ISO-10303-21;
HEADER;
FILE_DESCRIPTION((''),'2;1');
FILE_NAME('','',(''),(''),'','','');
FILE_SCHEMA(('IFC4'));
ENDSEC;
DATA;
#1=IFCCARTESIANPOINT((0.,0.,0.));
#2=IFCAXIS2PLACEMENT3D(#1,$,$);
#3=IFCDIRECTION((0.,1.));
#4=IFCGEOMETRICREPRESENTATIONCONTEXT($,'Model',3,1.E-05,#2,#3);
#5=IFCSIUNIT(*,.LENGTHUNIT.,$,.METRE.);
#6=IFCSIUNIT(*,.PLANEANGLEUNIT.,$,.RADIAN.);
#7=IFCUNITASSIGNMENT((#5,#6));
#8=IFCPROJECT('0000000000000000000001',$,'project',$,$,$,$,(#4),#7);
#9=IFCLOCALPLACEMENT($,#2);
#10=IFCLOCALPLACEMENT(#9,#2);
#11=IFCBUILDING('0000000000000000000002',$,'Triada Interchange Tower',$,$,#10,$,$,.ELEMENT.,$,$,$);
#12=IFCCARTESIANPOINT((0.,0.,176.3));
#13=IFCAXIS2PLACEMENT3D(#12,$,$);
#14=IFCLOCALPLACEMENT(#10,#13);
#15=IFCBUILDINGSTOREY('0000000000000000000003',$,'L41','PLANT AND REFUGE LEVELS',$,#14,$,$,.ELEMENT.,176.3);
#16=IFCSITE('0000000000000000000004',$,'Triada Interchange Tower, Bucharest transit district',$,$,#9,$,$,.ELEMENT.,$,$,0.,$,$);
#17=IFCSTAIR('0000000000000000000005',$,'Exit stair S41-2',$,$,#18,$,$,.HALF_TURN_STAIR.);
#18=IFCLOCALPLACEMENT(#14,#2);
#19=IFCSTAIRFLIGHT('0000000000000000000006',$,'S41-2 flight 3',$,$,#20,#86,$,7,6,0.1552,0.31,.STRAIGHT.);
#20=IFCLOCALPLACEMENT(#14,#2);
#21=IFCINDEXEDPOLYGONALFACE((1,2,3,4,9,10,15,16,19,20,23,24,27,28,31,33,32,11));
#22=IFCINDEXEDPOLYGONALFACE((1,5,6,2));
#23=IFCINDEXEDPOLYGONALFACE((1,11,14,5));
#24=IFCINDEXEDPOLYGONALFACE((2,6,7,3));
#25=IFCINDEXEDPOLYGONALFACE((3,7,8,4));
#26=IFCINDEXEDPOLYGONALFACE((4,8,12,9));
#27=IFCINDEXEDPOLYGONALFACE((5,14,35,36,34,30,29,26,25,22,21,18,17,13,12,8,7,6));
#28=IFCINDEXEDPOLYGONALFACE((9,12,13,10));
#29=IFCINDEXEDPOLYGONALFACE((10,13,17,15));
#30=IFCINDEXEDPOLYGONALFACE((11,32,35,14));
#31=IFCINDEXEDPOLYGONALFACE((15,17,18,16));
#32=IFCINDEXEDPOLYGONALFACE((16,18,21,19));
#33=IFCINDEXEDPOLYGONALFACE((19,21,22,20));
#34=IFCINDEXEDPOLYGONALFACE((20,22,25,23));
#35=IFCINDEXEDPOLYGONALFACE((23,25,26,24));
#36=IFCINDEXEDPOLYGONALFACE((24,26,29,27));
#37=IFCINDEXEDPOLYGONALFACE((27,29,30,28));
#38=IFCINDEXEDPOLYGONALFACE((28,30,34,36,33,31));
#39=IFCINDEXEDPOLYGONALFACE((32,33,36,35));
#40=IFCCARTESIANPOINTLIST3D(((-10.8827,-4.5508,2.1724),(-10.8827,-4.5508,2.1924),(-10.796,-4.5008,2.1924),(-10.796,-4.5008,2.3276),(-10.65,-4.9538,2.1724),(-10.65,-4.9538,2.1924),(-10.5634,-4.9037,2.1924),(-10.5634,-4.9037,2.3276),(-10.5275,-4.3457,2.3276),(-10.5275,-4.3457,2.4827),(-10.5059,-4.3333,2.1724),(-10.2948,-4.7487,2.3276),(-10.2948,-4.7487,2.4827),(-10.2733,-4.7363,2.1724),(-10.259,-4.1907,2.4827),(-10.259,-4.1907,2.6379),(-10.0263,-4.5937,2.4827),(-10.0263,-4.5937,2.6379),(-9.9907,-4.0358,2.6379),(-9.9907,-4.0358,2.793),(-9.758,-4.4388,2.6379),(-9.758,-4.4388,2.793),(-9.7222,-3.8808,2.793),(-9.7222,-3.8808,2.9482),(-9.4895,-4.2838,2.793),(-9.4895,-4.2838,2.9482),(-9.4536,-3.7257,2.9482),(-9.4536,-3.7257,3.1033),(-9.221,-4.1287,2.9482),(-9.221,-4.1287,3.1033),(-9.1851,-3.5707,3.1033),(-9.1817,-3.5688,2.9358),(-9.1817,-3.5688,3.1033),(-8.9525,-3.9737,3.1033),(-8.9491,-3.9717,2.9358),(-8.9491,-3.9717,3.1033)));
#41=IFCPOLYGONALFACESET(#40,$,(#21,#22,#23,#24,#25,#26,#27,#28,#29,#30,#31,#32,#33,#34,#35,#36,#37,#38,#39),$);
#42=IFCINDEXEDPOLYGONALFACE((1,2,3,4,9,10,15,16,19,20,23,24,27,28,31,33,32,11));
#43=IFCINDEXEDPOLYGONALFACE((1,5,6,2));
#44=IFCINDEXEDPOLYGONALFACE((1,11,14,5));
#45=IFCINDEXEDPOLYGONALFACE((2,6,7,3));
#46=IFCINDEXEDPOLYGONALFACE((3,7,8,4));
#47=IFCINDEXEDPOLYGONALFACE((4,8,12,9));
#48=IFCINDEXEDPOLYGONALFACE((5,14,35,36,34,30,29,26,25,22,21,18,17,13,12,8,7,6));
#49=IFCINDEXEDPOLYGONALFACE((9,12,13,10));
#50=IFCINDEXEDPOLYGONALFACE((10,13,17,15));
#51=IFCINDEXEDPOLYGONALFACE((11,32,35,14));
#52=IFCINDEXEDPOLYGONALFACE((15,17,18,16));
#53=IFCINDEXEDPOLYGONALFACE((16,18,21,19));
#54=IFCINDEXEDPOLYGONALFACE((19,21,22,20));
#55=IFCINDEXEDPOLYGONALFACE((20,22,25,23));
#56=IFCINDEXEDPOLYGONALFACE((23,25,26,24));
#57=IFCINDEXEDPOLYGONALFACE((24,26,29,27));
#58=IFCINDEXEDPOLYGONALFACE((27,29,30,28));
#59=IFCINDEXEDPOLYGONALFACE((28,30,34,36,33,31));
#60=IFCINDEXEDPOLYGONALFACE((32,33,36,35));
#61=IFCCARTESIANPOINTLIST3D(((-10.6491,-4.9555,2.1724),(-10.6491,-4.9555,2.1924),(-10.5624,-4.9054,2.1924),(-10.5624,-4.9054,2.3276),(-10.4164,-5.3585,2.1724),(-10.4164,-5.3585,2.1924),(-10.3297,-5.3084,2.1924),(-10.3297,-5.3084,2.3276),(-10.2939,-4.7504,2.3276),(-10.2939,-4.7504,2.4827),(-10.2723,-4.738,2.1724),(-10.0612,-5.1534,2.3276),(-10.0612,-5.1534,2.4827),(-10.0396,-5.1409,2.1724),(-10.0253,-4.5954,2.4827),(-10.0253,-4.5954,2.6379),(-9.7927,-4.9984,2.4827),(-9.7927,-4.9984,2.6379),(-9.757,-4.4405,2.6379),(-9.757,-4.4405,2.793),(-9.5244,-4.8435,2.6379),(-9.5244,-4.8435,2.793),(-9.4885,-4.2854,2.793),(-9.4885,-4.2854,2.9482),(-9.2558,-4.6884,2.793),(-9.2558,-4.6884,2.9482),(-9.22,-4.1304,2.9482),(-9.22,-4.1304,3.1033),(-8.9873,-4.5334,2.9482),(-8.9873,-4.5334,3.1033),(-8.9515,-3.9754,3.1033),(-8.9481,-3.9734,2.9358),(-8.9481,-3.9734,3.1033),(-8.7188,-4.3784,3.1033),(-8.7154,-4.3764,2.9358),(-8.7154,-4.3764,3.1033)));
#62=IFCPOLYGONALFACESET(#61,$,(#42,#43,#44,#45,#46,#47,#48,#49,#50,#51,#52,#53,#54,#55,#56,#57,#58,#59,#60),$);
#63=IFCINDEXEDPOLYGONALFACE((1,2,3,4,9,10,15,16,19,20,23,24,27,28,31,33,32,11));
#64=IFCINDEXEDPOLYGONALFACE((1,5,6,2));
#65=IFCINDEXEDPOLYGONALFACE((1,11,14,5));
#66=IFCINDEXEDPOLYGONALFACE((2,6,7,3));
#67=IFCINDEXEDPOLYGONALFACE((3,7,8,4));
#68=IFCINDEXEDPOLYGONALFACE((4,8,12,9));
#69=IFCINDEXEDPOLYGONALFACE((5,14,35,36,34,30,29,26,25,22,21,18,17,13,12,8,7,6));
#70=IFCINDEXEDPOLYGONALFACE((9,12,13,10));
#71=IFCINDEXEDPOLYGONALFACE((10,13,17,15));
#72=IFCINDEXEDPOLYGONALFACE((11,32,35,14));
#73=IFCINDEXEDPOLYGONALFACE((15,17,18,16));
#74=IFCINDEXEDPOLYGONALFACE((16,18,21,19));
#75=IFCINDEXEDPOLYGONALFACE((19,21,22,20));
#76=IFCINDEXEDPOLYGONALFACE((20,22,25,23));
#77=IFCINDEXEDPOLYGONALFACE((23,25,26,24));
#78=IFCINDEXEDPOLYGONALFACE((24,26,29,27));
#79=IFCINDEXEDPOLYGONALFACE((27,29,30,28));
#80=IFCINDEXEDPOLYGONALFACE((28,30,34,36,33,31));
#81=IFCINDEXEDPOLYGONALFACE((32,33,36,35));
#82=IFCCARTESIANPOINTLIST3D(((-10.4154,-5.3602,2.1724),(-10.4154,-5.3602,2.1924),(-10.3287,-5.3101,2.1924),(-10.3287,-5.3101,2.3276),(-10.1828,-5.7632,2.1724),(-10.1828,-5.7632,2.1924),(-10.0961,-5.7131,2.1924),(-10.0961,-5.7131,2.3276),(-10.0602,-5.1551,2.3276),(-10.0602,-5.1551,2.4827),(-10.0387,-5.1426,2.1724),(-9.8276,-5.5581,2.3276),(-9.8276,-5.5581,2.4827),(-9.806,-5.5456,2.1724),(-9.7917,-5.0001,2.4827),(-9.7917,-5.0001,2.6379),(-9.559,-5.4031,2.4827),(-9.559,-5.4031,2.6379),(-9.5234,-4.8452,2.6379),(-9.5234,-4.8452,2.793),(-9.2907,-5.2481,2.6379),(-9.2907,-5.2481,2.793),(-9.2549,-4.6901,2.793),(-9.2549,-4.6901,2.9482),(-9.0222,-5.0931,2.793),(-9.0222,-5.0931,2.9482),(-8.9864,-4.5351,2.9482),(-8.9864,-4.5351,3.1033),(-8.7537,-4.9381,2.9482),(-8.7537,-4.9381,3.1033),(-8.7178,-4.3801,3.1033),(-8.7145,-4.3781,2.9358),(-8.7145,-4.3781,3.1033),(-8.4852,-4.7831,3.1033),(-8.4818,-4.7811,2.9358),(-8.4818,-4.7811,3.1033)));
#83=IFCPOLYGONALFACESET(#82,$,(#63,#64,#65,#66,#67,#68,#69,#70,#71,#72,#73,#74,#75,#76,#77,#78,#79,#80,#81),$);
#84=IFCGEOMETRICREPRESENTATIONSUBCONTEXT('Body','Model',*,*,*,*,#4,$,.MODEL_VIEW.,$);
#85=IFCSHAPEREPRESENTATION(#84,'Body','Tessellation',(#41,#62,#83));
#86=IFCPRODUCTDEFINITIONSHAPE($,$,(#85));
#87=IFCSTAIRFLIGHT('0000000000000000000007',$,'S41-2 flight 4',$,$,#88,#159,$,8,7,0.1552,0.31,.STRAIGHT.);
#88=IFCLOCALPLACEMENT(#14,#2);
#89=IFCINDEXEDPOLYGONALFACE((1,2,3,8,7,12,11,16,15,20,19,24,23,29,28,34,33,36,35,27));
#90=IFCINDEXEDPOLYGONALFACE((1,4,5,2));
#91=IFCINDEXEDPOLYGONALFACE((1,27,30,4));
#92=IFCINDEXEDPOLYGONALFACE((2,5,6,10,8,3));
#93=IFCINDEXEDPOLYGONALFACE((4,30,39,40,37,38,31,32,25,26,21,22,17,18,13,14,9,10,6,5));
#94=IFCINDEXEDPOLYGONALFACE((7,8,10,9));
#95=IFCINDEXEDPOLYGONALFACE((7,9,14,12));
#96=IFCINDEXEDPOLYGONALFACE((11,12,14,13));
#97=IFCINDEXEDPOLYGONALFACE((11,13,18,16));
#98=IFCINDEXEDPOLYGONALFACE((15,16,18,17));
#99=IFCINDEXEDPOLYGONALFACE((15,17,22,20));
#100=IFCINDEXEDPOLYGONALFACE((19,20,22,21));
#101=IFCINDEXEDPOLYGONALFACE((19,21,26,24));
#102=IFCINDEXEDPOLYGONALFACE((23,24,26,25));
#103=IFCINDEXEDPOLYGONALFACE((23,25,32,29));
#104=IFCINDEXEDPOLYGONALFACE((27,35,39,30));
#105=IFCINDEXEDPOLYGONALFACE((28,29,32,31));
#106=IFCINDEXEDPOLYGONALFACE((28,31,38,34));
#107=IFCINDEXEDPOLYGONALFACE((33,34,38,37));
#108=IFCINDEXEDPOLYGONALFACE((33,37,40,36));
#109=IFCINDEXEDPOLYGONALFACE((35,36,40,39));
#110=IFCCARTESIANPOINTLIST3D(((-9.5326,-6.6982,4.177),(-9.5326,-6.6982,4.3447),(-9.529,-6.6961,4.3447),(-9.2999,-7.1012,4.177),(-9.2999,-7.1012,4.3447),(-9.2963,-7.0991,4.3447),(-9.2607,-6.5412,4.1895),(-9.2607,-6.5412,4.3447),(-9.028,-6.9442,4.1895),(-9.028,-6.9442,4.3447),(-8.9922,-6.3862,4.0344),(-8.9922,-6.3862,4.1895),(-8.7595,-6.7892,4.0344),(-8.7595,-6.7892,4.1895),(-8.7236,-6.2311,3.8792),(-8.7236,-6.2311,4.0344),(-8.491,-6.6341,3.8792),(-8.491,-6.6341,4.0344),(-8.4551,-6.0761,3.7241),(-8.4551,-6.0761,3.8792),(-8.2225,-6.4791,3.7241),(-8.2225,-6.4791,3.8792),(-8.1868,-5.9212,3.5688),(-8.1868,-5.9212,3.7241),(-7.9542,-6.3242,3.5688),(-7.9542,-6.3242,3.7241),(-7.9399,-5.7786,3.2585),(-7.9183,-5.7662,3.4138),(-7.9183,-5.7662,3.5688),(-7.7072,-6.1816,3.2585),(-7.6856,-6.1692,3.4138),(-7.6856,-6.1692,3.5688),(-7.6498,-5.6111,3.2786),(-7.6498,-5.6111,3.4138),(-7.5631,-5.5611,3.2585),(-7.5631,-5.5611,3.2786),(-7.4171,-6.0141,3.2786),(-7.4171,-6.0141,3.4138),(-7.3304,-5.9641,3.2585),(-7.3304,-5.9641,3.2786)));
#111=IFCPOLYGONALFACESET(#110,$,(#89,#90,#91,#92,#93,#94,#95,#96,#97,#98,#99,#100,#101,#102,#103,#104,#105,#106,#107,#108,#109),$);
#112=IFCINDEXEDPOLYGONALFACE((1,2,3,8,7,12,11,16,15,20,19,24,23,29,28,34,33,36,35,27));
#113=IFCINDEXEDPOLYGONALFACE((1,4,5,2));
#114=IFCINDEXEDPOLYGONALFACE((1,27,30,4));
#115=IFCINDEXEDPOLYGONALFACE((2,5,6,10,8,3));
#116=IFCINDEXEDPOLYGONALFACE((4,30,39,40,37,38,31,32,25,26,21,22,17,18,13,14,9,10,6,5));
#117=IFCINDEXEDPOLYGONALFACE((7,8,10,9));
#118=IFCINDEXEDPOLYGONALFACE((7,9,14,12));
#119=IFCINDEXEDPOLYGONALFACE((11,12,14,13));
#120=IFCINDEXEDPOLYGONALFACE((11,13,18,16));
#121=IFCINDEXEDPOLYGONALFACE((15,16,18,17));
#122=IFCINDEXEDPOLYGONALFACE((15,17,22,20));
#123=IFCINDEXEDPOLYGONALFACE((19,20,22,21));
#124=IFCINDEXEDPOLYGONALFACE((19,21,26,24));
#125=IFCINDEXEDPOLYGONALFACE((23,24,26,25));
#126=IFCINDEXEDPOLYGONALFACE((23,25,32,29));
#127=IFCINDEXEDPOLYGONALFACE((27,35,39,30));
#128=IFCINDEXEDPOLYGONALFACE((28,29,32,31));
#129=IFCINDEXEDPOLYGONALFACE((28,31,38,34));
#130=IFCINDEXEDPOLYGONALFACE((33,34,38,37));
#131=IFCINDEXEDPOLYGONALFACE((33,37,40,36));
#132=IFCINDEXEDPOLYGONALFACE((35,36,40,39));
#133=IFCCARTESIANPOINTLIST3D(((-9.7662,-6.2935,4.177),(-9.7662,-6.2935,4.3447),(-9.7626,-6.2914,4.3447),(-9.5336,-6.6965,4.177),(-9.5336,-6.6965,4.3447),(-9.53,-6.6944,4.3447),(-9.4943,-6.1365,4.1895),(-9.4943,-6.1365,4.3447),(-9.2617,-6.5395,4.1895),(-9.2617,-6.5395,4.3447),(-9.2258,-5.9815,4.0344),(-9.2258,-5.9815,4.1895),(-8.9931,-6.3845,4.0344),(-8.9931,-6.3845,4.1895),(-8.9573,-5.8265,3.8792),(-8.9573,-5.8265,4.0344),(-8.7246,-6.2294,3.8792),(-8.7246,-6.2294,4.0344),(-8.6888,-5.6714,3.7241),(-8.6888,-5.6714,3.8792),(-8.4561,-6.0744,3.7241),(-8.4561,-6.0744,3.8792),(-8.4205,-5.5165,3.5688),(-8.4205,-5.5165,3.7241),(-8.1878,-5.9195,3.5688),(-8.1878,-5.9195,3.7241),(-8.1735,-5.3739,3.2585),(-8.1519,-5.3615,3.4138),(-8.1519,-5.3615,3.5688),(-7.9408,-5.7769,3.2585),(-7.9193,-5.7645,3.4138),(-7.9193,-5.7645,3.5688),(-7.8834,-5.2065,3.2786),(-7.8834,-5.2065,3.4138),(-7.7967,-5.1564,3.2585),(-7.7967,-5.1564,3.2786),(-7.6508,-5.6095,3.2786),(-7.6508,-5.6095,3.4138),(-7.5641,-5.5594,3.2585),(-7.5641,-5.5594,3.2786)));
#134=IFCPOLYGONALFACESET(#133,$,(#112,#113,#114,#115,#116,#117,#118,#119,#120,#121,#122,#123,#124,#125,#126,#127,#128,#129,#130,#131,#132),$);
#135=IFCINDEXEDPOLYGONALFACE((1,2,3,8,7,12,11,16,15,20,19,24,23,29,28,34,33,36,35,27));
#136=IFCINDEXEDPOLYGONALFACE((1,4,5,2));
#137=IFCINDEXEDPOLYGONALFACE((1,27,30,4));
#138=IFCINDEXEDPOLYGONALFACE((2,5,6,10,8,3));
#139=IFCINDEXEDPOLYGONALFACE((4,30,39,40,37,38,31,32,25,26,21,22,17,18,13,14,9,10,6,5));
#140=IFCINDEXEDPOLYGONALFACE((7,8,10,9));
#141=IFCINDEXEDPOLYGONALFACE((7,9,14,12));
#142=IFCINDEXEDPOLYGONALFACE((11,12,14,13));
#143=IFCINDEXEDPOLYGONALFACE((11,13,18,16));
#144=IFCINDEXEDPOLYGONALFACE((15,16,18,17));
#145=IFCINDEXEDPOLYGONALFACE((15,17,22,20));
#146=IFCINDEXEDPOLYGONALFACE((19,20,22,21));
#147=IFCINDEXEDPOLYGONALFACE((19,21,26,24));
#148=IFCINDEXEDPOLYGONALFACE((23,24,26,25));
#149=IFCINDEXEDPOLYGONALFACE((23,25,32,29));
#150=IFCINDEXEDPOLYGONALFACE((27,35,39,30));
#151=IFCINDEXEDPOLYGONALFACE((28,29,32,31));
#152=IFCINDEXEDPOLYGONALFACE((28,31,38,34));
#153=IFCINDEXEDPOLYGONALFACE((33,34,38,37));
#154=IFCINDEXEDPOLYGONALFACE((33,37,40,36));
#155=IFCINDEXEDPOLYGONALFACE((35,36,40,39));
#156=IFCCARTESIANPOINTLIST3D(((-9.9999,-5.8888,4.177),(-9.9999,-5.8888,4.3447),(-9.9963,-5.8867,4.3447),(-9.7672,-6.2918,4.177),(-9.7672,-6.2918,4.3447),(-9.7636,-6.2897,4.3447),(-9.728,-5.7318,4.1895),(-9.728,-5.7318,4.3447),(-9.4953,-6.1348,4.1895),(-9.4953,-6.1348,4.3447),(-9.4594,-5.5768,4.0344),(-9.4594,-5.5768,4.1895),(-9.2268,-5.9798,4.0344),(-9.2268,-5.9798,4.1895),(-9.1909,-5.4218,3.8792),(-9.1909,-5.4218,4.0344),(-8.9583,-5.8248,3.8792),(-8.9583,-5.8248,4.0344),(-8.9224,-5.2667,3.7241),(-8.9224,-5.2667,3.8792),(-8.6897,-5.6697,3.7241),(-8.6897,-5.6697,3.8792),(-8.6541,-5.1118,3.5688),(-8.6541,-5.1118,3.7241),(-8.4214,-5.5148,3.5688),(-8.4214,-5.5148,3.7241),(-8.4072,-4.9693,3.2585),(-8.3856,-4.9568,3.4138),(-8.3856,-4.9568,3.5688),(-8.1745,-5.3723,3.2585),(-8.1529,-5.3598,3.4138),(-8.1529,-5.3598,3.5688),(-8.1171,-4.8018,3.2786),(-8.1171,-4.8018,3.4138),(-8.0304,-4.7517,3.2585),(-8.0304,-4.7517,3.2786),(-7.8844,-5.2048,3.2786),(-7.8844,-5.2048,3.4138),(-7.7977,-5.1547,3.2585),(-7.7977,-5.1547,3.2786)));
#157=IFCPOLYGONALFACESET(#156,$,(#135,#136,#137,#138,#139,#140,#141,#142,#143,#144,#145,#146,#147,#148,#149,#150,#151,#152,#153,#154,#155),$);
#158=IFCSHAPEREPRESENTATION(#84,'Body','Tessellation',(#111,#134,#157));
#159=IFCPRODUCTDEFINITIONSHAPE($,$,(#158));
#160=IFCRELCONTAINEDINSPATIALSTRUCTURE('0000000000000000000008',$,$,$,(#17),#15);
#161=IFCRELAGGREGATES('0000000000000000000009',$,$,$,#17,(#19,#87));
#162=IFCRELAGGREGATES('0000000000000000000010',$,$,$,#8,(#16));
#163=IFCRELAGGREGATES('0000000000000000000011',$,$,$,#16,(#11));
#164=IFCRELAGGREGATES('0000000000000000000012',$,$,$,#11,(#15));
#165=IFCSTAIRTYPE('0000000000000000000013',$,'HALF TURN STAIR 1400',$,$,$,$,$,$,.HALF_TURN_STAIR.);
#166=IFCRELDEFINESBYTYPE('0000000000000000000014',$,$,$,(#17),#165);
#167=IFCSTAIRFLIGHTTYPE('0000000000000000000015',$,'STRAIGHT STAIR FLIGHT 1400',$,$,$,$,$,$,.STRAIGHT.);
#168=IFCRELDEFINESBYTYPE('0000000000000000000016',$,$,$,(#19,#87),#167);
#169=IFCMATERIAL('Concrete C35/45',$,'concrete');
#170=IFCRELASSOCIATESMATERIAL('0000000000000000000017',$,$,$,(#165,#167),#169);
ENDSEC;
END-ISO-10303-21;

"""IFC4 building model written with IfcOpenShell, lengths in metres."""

from ifc_helpers import new_model, si_unit, direction, frame, origin, place, context, subcontext, project, spatial, polyline, outline, extrude, material, type_object, element, aggregate, save


model = new_model("IFC4")

# Units and contexts
model_context = context("Model", 3, precision=1e-05, world=origin(), true_north=direction((0.0, 1.0)))
body_context = subcontext(model_context, "Body", "Model", "MODEL_VIEW")
ifc_project = project(units=[si_unit("LENGTHUNIT", "METRE"), si_unit("PLANEANGLEUNIT", "RADIAN")], contexts=[model_context])

# Site, building, storey
site_placement = place(None, origin())
site = spatial("IfcSite", under=ifc_project, at=site_placement, Name="Triada Interchange Tower, Bucharest transit district", CompositionType="ELEMENT", RefElevation=0.0)
building_placement = place(site_placement, origin())
building = spatial("IfcBuilding", under=site, at=building_placement, Name="Triada Interchange Tower", CompositionType="ELEMENT")
storey_placement = place(building_placement, frame((0.0, 0.0, 176.3)))
storey = spatial("IfcBuildingStorey", under=building, at=storey_placement, Name="L41", Description="PLANT AND REFUGE LEVELS", CompositionType="ELEMENT", Elevation=176.3)

# Shared definitions
ifc_material_1 = material(Name="Concrete C35/45", Category="concrete")

# Stair, stair flights
stair_type = type_object("IfcStairType", Name="HALF TURN STAIR 1400", PredefinedType="HALF_TURN_STAIR", material=ifc_material_1)
stair_placement = place(storey_placement, origin())
stair = element("IfcStair", 1, at=stair_placement, inside=storey, type_object=stair_type, Name="Exit stair S41-2", PredefinedType="HALF_TURN_STAIR")
stair_flight_type = type_object("IfcStairFlightType", Name="STRAIGHT STAIR FLIGHT 1400", PredefinedType="STRAIGHT", material=ifc_material_1)
stair_flight_1_placement = place(storey_placement, frame((-10.446, -5.1069, 2.1724), z_axis=(0.0, 0.0, 1.0), x_axis=(0.866025, 0.5, 0.0)))
stair_flight_1 = element("IfcStairFlight", 2, at=stair_flight_1_placement, type_object=stair_flight_type, Name="S41-2 flight 3", NumberOfRisers=7, NumberOfTreads=6, PredefinedType="STRAIGHT", RiserHeight=0.1552, TreadLength=0.31, context=body_context, shape_type="SweptSolid", body=[
    extrude(outline(polyline([(-0.1001, 0.0), (-0.1001, 0.02), (0.0, 0.02), (0.0, 0.1553), (0.3101, 0.1553), (0.3101, 0.3103), (0.6201, 0.3103), (0.6201, 0.4656), (0.9299, 0.4656), (0.9299, 0.6206), (1.24, 0.6206), (1.24, 0.7759), (1.55, 0.7759), (1.55, 0.9309), (1.8601, 0.9309), (1.864, 0.9309), (1.864, 1.0862), (1.864, 0.7634), (0.335, 0.0), (-0.1001, 0.0)])), frame((0.0, 0.7, 0.0), z_axis=(0.0, -1.0, 0.0), x_axis=(1.0, 0.0, 0.0)), (0.0, 0.0, 1.0), 0.4653),
    extrude(outline(polyline([(-0.1001, 0.0), (-0.1001, 0.02), (0.0, 0.02), (0.0, 0.1553), (0.3101, 0.1553), (0.3101, 0.3103), (0.6201, 0.3103), (0.6201, 0.4656), (0.9299, 0.4656), (0.9299, 0.6206), (1.24, 0.6206), (1.24, 0.7759), (1.55, 0.7759), (1.55, 0.9309), (1.8601, 0.9309), (1.864, 0.9309), (1.864, 1.0862), (1.864, 0.7634), (0.335, 0.0), (-0.1001, 0.0)])), frame((0.0, 0.2327, 0.0), z_axis=(0.0, -1.0, 0.0), x_axis=(1.0, 0.0, 0.0)), (0.0, 0.0, 1.0), 0.4653),
    extrude(outline(polyline([(-0.1001, 0.0), (-0.1001, 0.02), (0.0, 0.02), (0.0, 0.1553), (0.3101, 0.1553), (0.3101, 0.3103), (0.6201, 0.3103), (0.6201, 0.4656), (0.9299, 0.4656), (0.9299, 0.6206), (1.24, 0.6206), (1.24, 0.7759), (1.55, 0.7759), (1.55, 0.9309), (1.8601, 0.9309), (1.864, 0.9309), (1.864, 1.0862), (1.864, 0.7634), (0.335, 0.0), (-0.1001, 0.0)])), frame((0.0, -0.2346, 0.0), z_axis=(0.0, -1.0, 0.0), x_axis=(1.0, 0.0, 0.0)), (0.0, 0.0, 1.0), 0.4653),
])
stair_flight_2_placement = place(storey_placement, frame((-7.7671, -5.408, 3.2585), z_axis=(0.0, 0.0, 1.0), x_axis=(-0.866025, -0.5, 0.0)))
stair_flight_2 = element("IfcStairFlight", 3, at=stair_flight_2_placement, type_object=stair_flight_type, Name="S41-2 flight 4", NumberOfRisers=8, NumberOfTreads=7, PredefinedType="STRAIGHT", RiserHeight=0.1552, TreadLength=0.31, context=body_context, shape_type="SweptSolid", body=[
    extrude(outline(polyline([(-0.1001, 0.0), (-0.1001, 0.02), (0.0, 0.02), (0.0, 0.1553), (0.3101, 0.1553), (0.3101, 0.3103), (0.6201, 0.3103), (0.6201, 0.4656), (0.9299, 0.4656), (0.9299, 0.6206), (1.24, 0.6206), (1.24, 0.7759), (1.55, 0.7759), (1.55, 0.9309), (1.8601, 0.9309), (1.8601, 1.0862), (2.1699, 1.0862), (2.1741, 1.0862), (2.1741, 1.2415), (2.1741, 0.9185), (0.335, 0.0), (-0.1001, 0.0)])), frame((0.0, 0.7, 0.0), z_axis=(0.0, -1.0, 0.0), x_axis=(1.0, 0.0, 0.0)), (0.0, 0.0, 1.0), 0.4653),
    extrude(outline(polyline([(-0.1001, 0.0), (-0.1001, 0.02), (0.0, 0.02), (0.0, 0.1553), (0.3101, 0.1553), (0.3101, 0.3103), (0.6201, 0.3103), (0.6201, 0.4656), (0.9299, 0.4656), (0.9299, 0.6206), (1.24, 0.6206), (1.24, 0.7759), (1.55, 0.7759), (1.55, 0.9309), (1.8601, 0.9309), (1.8601, 1.0862), (2.1699, 1.0862), (2.1741, 1.0862), (2.1741, 1.2415), (2.1741, 0.9185), (0.335, 0.0), (-0.1001, 0.0)])), frame((0.0, 0.2327, 0.0), z_axis=(0.0, -1.0, 0.0), x_axis=(1.0, 0.0, 0.0)), (0.0, 0.0, 1.0), 0.4653),
    extrude(outline(polyline([(-0.1001, 0.0), (-0.1001, 0.02), (0.0, 0.02), (0.0, 0.1553), (0.3101, 0.1553), (0.3101, 0.3103), (0.6201, 0.3103), (0.6201, 0.4656), (0.9299, 0.4656), (0.9299, 0.6206), (1.24, 0.6206), (1.24, 0.7759), (1.55, 0.7759), (1.55, 0.9309), (1.8601, 0.9309), (1.8601, 1.0862), (2.1699, 1.0862), (2.1741, 1.0862), (2.1741, 1.2415), (2.1741, 0.9185), (0.335, 0.0), (-0.1001, 0.0)])), frame((0.0, -0.2346, 0.0), z_axis=(0.0, -1.0, 0.0), x_axis=(1.0, 0.0, 0.0)), (0.0, 0.0, 1.0), 0.4653),
])
aggregate(stair, [stair_flight_1, stair_flight_2])

save(model, "model.ifc")
